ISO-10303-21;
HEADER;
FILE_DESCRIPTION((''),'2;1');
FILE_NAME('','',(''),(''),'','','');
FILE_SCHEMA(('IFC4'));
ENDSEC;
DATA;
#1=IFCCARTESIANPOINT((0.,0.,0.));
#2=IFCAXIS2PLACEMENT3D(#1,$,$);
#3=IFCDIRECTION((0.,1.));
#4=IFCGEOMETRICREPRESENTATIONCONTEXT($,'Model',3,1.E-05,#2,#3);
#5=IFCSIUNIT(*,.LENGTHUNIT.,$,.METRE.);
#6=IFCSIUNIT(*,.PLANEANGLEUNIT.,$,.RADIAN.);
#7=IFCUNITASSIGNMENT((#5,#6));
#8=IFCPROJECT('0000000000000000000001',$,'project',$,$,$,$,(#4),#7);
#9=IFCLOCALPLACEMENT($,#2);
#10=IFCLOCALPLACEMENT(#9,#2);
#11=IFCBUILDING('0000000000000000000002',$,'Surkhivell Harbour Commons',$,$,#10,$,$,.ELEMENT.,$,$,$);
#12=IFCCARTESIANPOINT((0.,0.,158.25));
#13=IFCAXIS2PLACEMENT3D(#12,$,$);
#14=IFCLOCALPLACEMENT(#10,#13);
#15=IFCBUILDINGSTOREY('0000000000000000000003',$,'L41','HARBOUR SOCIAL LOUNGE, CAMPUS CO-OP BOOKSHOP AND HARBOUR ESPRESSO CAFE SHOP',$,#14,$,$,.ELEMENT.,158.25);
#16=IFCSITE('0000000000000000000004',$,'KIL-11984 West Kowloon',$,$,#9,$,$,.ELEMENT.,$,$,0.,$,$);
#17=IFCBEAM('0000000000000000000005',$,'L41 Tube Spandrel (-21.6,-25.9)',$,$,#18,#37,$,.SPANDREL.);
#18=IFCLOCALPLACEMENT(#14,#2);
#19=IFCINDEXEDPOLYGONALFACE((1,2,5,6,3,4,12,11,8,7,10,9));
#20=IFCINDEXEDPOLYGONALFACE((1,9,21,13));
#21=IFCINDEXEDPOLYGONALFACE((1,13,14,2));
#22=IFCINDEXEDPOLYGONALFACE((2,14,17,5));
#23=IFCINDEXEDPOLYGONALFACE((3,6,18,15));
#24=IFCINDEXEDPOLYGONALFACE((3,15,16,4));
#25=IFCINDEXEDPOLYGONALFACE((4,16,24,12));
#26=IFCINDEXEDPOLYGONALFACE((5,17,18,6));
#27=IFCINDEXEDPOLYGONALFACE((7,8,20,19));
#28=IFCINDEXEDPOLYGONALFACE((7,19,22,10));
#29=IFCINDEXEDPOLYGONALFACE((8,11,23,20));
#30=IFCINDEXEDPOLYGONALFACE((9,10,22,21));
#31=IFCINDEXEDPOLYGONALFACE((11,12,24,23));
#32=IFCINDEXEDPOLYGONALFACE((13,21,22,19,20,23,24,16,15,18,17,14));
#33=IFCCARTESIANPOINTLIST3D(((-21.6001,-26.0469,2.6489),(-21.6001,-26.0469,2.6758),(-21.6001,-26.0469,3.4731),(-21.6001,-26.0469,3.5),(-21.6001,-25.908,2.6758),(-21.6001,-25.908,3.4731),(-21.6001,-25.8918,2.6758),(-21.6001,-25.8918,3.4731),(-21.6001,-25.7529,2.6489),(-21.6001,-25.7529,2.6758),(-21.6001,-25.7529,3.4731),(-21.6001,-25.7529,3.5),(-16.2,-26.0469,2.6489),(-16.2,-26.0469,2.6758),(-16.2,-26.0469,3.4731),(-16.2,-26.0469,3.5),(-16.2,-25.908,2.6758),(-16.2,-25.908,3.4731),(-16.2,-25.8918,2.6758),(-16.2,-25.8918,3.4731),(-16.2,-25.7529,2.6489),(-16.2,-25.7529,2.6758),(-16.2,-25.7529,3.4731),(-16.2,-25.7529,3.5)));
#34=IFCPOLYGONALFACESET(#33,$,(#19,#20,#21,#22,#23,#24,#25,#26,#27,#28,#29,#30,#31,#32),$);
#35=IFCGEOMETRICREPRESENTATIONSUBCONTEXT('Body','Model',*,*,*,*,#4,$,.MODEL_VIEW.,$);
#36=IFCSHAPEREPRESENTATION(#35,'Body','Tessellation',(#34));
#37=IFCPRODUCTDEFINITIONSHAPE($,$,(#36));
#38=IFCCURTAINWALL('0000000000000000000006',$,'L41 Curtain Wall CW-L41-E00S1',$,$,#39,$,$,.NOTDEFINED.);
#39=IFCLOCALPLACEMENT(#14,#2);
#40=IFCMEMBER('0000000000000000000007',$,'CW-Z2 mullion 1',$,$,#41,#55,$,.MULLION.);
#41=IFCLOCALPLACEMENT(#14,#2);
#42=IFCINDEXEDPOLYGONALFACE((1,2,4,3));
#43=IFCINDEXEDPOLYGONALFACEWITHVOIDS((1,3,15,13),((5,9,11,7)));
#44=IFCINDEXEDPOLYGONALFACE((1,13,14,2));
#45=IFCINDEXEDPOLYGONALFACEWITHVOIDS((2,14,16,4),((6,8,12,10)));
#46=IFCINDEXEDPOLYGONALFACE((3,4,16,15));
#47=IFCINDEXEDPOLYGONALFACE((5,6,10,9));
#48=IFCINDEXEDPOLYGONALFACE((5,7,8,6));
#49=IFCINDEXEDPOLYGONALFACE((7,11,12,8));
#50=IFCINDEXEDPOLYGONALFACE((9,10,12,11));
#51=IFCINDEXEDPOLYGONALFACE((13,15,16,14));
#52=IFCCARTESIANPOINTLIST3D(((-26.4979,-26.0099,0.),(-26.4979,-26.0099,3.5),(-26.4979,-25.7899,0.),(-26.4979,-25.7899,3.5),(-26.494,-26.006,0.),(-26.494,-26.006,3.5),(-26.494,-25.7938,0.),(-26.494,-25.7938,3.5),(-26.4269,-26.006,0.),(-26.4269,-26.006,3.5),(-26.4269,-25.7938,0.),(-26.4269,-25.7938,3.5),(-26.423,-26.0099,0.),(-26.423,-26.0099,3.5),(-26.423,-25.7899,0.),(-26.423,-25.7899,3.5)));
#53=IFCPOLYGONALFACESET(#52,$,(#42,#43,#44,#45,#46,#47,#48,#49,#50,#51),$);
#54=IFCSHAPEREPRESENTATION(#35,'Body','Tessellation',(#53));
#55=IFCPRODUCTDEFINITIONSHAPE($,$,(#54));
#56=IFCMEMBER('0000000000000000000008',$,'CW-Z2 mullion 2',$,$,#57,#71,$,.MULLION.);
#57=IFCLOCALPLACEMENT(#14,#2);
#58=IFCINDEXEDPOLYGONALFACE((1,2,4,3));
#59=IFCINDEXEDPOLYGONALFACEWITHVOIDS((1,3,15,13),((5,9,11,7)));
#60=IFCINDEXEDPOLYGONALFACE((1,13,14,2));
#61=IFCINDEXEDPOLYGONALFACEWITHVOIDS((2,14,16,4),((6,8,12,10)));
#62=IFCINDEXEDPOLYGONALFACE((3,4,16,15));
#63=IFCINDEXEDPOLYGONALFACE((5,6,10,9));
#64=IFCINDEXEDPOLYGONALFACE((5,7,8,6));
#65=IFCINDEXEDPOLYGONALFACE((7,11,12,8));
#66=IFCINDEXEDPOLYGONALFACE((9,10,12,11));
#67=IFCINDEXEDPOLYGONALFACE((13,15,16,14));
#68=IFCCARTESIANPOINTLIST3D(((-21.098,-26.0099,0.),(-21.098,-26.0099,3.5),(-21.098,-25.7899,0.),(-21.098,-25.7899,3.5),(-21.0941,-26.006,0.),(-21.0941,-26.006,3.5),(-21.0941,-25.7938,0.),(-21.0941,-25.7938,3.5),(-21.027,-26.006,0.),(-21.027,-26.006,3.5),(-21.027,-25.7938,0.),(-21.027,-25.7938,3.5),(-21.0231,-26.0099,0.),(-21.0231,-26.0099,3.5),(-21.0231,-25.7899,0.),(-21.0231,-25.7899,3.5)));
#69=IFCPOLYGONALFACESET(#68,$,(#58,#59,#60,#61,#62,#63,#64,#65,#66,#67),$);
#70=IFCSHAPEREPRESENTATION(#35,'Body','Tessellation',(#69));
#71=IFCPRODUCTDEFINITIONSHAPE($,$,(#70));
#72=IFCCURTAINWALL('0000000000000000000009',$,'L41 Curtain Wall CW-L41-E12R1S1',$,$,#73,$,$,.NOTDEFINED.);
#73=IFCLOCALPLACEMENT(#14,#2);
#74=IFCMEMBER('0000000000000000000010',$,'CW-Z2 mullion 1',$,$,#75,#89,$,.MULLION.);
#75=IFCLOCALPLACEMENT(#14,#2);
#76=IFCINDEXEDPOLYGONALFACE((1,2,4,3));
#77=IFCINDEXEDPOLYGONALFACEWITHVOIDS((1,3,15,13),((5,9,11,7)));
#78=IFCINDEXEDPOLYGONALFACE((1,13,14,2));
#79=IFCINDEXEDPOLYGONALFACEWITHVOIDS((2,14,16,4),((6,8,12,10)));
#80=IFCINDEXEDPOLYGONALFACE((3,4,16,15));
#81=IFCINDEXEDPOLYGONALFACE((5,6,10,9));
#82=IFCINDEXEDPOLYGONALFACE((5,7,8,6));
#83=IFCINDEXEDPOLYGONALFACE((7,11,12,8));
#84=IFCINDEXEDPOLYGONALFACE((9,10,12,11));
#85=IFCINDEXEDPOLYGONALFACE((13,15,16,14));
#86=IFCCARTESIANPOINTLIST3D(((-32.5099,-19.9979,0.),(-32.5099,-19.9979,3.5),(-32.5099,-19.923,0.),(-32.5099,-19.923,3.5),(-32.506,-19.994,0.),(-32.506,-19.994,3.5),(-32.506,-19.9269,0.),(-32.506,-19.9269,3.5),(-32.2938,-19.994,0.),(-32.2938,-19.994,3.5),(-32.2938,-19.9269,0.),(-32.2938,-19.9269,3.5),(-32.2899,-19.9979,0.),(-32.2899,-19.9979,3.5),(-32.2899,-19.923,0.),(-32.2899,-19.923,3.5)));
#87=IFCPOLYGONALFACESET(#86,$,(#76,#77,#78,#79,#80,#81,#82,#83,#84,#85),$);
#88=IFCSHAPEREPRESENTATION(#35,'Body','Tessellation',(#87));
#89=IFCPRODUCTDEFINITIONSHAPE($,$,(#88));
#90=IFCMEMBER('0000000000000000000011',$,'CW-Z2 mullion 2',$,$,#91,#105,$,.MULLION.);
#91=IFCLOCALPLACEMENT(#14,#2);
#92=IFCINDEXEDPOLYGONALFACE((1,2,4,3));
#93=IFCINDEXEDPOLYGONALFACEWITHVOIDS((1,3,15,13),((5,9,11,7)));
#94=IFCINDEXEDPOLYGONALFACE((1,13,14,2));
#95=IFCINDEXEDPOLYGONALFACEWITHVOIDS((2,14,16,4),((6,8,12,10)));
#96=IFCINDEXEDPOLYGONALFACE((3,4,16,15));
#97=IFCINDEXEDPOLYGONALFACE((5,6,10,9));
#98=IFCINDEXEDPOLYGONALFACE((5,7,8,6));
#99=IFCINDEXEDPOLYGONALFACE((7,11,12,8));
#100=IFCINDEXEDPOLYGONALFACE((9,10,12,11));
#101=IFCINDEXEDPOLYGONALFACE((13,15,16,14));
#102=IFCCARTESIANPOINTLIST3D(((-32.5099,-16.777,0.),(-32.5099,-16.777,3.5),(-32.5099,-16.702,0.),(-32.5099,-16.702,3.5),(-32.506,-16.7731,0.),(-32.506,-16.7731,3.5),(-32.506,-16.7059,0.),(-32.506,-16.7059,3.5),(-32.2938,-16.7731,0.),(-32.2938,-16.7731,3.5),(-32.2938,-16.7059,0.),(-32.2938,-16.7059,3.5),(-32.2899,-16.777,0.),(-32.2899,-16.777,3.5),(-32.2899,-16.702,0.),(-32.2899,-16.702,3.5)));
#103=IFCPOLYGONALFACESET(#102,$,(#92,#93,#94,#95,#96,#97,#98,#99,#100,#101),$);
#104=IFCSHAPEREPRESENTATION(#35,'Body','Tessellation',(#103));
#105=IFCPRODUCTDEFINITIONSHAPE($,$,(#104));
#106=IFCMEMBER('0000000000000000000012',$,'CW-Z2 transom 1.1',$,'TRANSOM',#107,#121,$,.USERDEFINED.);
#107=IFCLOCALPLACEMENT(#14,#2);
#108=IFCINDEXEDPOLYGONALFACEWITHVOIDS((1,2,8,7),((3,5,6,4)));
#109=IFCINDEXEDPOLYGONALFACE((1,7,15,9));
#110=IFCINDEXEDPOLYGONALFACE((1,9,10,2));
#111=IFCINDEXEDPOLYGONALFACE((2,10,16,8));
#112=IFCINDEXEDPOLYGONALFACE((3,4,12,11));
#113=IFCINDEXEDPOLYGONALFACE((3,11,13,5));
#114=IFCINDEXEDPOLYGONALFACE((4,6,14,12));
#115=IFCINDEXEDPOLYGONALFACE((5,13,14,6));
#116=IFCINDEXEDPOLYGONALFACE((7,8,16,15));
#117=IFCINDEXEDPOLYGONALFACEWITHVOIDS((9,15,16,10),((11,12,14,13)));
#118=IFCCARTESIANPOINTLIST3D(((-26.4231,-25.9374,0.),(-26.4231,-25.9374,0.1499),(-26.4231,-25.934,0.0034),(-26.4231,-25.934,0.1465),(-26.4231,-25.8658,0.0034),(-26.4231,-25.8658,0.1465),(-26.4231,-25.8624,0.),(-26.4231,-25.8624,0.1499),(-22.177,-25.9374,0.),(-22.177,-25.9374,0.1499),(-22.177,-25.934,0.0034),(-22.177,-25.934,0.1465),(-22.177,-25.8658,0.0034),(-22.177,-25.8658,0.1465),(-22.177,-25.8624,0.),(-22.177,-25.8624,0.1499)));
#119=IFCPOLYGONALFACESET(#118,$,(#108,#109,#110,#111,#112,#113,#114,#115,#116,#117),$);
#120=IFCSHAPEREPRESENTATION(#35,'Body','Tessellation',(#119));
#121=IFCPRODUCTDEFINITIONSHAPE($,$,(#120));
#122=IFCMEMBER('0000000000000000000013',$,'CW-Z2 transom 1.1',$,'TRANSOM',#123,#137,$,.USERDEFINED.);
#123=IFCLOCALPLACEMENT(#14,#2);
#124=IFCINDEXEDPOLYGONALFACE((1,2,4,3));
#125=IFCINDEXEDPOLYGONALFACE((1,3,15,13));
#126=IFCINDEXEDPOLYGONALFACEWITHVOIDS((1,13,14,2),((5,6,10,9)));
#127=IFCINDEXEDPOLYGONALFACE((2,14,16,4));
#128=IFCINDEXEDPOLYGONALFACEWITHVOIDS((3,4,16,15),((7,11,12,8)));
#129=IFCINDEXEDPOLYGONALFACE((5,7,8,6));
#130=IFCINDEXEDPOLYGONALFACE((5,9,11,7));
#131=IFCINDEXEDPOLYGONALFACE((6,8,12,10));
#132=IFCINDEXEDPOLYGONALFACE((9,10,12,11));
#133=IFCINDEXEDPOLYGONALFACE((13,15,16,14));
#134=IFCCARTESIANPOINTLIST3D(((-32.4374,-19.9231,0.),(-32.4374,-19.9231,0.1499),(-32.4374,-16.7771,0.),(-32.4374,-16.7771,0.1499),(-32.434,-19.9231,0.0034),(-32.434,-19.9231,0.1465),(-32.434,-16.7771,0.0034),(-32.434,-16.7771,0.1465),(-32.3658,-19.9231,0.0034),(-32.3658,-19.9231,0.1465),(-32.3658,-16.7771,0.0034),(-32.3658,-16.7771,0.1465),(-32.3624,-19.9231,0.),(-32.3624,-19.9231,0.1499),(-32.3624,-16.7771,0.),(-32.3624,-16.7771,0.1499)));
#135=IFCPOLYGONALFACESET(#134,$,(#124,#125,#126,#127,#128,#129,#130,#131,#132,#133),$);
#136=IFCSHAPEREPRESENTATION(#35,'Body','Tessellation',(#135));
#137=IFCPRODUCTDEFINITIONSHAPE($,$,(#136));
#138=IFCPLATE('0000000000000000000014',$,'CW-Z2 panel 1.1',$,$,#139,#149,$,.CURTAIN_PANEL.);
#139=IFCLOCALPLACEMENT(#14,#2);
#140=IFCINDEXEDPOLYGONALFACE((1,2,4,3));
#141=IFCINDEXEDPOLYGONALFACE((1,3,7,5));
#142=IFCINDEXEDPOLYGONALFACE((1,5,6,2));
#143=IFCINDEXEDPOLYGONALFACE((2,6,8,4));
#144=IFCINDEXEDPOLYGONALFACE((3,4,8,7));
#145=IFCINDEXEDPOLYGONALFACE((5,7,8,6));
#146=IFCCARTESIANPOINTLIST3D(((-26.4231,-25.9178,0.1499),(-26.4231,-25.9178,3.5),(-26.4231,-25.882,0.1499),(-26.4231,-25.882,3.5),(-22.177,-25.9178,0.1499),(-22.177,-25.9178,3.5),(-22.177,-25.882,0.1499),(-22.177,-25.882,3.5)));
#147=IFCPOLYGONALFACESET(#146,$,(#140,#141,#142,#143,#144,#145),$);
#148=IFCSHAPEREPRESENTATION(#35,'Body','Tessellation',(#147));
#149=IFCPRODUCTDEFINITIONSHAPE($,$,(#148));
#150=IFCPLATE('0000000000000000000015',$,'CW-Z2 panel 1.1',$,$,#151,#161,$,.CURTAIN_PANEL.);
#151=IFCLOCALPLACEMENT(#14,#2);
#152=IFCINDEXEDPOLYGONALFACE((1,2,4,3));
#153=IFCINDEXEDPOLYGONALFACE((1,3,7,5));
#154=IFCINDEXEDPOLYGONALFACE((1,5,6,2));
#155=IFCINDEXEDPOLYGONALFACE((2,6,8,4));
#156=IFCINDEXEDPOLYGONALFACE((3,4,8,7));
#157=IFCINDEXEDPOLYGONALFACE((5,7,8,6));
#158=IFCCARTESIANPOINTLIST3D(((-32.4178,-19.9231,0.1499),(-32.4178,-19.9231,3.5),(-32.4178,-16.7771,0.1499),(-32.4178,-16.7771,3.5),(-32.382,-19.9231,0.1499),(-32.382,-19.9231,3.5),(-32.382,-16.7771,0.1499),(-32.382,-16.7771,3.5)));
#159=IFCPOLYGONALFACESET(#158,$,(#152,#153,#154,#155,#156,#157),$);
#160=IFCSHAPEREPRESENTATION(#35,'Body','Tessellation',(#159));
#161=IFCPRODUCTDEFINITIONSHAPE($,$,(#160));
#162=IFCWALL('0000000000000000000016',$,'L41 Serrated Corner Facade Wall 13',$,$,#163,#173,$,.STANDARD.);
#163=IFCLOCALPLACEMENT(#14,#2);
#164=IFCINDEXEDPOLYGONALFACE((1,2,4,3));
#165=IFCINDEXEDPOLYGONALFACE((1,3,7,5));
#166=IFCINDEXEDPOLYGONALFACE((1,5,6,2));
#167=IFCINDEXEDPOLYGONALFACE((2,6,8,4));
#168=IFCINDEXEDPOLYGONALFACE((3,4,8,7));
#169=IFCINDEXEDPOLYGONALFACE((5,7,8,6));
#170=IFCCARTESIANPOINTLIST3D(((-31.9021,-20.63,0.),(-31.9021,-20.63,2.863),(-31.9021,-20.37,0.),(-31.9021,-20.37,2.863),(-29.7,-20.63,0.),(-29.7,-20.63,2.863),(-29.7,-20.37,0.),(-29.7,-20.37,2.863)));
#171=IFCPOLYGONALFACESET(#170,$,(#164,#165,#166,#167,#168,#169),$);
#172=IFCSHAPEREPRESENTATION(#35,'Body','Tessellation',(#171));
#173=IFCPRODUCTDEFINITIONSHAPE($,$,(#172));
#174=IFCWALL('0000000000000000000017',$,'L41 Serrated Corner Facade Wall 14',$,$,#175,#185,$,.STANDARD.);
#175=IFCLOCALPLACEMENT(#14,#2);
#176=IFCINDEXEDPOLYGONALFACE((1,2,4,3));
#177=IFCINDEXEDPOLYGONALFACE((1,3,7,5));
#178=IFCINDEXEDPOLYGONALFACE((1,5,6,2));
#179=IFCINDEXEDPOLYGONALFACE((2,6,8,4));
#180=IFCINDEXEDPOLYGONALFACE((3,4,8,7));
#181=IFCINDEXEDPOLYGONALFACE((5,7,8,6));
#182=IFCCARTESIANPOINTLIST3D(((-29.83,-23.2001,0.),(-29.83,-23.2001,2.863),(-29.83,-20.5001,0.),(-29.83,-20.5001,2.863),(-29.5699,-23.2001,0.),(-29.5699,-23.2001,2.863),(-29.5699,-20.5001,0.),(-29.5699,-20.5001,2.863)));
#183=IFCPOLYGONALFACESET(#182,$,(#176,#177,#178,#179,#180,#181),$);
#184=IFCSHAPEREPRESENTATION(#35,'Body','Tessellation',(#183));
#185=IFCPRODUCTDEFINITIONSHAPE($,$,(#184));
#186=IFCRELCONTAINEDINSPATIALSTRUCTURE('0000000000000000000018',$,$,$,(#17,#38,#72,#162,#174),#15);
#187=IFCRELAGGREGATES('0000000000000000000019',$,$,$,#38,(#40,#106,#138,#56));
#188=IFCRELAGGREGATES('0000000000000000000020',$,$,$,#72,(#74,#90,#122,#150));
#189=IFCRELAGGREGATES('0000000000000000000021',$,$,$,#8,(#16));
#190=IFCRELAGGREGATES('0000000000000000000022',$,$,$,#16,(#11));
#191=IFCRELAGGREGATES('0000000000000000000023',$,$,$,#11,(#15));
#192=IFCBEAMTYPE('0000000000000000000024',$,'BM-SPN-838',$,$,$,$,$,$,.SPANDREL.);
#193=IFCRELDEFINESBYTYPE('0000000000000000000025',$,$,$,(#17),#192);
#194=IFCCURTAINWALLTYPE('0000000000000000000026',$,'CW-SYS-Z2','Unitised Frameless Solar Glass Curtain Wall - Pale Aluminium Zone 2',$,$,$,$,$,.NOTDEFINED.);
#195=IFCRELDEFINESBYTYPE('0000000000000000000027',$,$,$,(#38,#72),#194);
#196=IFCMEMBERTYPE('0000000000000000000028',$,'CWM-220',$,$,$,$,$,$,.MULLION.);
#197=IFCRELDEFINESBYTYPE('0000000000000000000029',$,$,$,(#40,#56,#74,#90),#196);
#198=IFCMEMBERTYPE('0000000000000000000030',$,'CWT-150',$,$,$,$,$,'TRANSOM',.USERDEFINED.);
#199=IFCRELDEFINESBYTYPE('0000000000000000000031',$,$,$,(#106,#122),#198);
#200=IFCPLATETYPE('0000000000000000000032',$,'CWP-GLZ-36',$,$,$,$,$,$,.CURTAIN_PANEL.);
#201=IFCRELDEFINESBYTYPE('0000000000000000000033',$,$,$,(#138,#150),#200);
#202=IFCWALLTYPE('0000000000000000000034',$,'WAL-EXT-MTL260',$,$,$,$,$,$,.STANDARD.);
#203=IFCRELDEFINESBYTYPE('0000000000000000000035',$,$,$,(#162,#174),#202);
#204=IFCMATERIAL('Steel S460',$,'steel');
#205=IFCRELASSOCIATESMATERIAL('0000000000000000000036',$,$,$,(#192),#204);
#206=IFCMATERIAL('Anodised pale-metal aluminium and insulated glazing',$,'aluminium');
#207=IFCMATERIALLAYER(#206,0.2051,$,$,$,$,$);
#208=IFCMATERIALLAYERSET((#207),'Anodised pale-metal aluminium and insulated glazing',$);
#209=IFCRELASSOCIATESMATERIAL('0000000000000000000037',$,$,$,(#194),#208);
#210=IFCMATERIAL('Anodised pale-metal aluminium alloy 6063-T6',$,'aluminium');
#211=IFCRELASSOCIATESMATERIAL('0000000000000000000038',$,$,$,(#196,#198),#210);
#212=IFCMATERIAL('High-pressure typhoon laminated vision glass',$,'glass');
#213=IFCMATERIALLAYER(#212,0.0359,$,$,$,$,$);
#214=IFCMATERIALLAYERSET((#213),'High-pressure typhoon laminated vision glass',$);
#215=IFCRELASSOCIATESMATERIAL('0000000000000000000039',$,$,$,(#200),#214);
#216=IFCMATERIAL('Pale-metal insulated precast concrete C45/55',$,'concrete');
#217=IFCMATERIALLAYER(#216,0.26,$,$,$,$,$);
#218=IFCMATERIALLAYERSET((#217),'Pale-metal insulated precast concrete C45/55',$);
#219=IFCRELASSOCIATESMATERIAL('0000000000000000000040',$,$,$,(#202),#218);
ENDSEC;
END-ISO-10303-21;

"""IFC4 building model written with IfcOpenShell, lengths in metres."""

from ifc_helpers import new_model, si_unit, direction, frame, frame_2d, origin, origin_2d, place, context, subcontext, project, spatial, rectangle, hollow_rectangle, i_section, extrude, material, layer, layer_set, material_profile, profile_set, type_object, element, aggregate, save


model = new_model("IFC4")

# Units and contexts
model_context = context("Model", 3, precision=1e-05, world=origin(), true_north=direction((0.0, 1.0)))
body_context = subcontext(model_context, "Body", "Model", "MODEL_VIEW")
ifc_project = project(units=[si_unit("LENGTHUNIT", "METRE"), si_unit("PLANEANGLEUNIT", "RADIAN")], contexts=[model_context])

# Site, building, storey
site_placement = place(None, origin())
site = spatial("IfcSite", under=ifc_project, at=site_placement, Name="KIL-11984 West Kowloon", CompositionType="ELEMENT", RefElevation=0.0)
building_placement = place(site_placement, origin())
building = spatial("IfcBuilding", under=site, at=building_placement, Name="Surkhivell Harbour Commons", CompositionType="ELEMENT")
storey_placement = place(building_placement, frame((0.0, 0.0, 158.25)))
storey = spatial("IfcBuildingStorey", under=building, at=storey_placement, Name="L41", Description="HARBOUR SOCIAL LOUNGE, CAMPUS CO-OP BOOKSHOP AND HARBOUR ESPRESSO CAFE SHOP", CompositionType="ELEMENT", Elevation=158.25)

# Beam
ifc_material_1 = material(Name="Steel S460", Category="steel")
ifc_material_profile_1 = material_profile(ifc_material_1, i_section(OverallWidth=0.2939, OverallDepth=0.8511, WebThickness=0.0161, FlangeThickness=0.0269, at=origin_2d()), Name="UB838x292x226")
ifc_profile_set_1 = profile_set([ifc_material_profile_1], Name="Steel S460")
beam_type_1 = type_object("IfcBeamType", Name="BM-SPN-838", PredefinedType="SPANDREL", material=ifc_profile_set_1)
beam_1_placement = place(storey_placement, frame((-21.6001, -25.8999, 3.0745), z_axis=(1.0, 0.0, 0.0), x_axis=(0.0, 1.0, 0.0)))
element("IfcBeam", 1, at=beam_1_placement, inside=storey, type_object=beam_type_1, Name="L41 Tube Spandrel (-21.6,-25.9)", PredefinedType="SPANDREL", context=body_context, shape_type="SweptSolid", body=[
    extrude(i_section(OverallWidth=0.2939, OverallDepth=0.8511, WebThickness=0.0161, FlangeThickness=0.0269, at=origin_2d()), origin(), (0.0, 0.0, 1.0), 5.4001),
])

# Curtain walls, members
ifc_material_2 = material(Name="Anodised pale-metal aluminium and insulated glazing", Category="aluminium")
ifc_layer_1 = layer(ifc_material_2, 0.2051)
ifc_layer_set_1 = layer_set([ifc_layer_1], Name="Anodised pale-metal aluminium and insulated glazing")
curtain_wall_type = type_object("IfcCurtainWallType", Name="CW-SYS-Z2", Description="Unitised Frameless Solar Glass Curtain Wall - Pale Aluminium Zone 2", PredefinedType="NOTDEFINED", material=ifc_layer_set_1)
curtain_wall_1_placement = place(storey_placement, origin())
curtain_wall_1 = element("IfcCurtainWall", 2, at=curtain_wall_1_placement, inside=storey, type_object=curtain_wall_type, Name="L41 Curtain Wall CW-L41-E00S1", PredefinedType="NOTDEFINED")
ifc_material_3 = material(Name="Anodised pale-metal aluminium alloy 6063-T6", Category="aluminium")
ifc_material_profile_2 = material_profile(ifc_material_3, hollow_rectangle(XDim=0.075, YDim=0.22, WallThickness=0.0039, at=origin_2d()), Name="ALU-MULL-75x220")
ifc_profile_set_2 = profile_set([ifc_material_profile_2], Name="Anodised pale-metal aluminium alloy 6063-T6")
member_type_1 = type_object("IfcMemberType", Name="CWM-220", PredefinedType="MULLION", material=ifc_profile_set_2)
member_1_placement = place(storey_placement, frame((-26.4604, -25.8999, 0.0), z_axis=(0.0, 0.0, 1.0), x_axis=(1.0, 0.0, 0.0)))
member_1 = element("IfcMember", 3, at=member_1_placement, type_object=member_type_1, Name="CW-Z2 mullion 1", PredefinedType="MULLION", context=body_context, shape_type="SweptSolid", body=[
    extrude(hollow_rectangle(XDim=0.075, YDim=0.22, WallThickness=0.0039, at=origin_2d()), origin(), (0.0, 0.0, 1.0), 3.5),
])
member_2_placement = place(storey_placement, frame((-21.0605, -25.8999, 0.0), z_axis=(0.0, 0.0, 1.0), x_axis=(1.0, 0.0, 0.0)))
member_2 = element("IfcMember", 4, at=member_2_placement, type_object=member_type_1, Name="CW-Z2 mullion 2", PredefinedType="MULLION", context=body_context, shape_type="SweptSolid", body=[
    extrude(hollow_rectangle(XDim=0.075, YDim=0.22, WallThickness=0.0039, at=origin_2d()), origin(), (0.0, 0.0, 1.0), 3.5),
])
curtain_wall_2_placement = place(storey_placement, origin())
curtain_wall_2 = element("IfcCurtainWall", 5, at=curtain_wall_2_placement, inside=storey, type_object=curtain_wall_type, Name="L41 Curtain Wall CW-L41-E12R1S1", PredefinedType="NOTDEFINED")
member_3_placement = place(storey_placement, frame((-32.3999, -19.9604, 0.0), z_axis=(0.0, 0.0, 1.0), x_axis=(0.0, 1.0, 0.0)))
member_3 = element("IfcMember", 6, at=member_3_placement, type_object=member_type_1, Name="CW-Z2 mullion 1", PredefinedType="MULLION", context=body_context, shape_type="SweptSolid", body=[
    extrude(hollow_rectangle(XDim=0.075, YDim=0.22, WallThickness=0.0039, at=origin_2d()), origin(), (0.0, 0.0, 1.0), 3.5),
])
member_4_placement = place(storey_placement, frame((-32.3999, -16.7395, 0.0), z_axis=(0.0, 0.0, 1.0), x_axis=(0.0, 1.0, 0.0)))
member_4 = element("IfcMember", 7, at=member_4_placement, type_object=member_type_1, Name="CW-Z2 mullion 2", PredefinedType="MULLION", context=body_context, shape_type="SweptSolid", body=[
    extrude(hollow_rectangle(XDim=0.075, YDim=0.22, WallThickness=0.0039, at=origin_2d()), origin(), (0.0, 0.0, 1.0), 3.5),
])

# Members
ifc_material_profile_3 = material_profile(ifc_material_3, hollow_rectangle(XDim=0.075, YDim=0.1499, WallThickness=0.0034, at=origin_2d()), Name="ALU-TRAN-75x150")
ifc_profile_set_3 = profile_set([ifc_material_profile_3], Name="Anodised pale-metal aluminium alloy 6063-T6")
member_type_2 = type_object("IfcMemberType", Name="CWT-150", ElementType="TRANSOM", PredefinedType="USERDEFINED", material=ifc_profile_set_3)
member_5_placement = place(storey_placement, frame((-26.4231, -25.8999, 0.075), z_axis=(1.0, 0.0, 0.0), x_axis=(0.0, 1.0, 0.0)))
member_5 = element("IfcMember", 8, at=member_5_placement, type_object=member_type_2, Name="CW-Z2 transom 1.1", ObjectType="TRANSOM", PredefinedType="USERDEFINED", context=body_context, shape_type="SweptSolid", body=[
    extrude(hollow_rectangle(XDim=0.075, YDim=0.1499, WallThickness=0.0034, at=origin_2d()), origin(), (0.0, 0.0, 1.0), 4.2461),
])
member_6_placement = place(storey_placement, frame((-32.3999, -19.9231, 0.075), z_axis=(0.0, 1.0, 0.0), x_axis=(-1.0, 0.0, 0.0)))
member_6 = element("IfcMember", 9, at=member_6_placement, type_object=member_type_2, Name="CW-Z2 transom 1.1", ObjectType="TRANSOM", PredefinedType="USERDEFINED", context=body_context, shape_type="SweptSolid", body=[
    extrude(hollow_rectangle(XDim=0.075, YDim=0.1499, WallThickness=0.0034, at=origin_2d()), origin(), (0.0, 0.0, 1.0), 3.146),
])

# Plates
ifc_material_4 = material(Name="High-pressure typhoon laminated vision glass", Category="glass")
ifc_layer_2 = layer(ifc_material_4, 0.0359)
ifc_layer_set_2 = layer_set([ifc_layer_2], Name="High-pressure typhoon laminated vision glass")
plate_type = type_object("IfcPlateType", Name="CWP-GLZ-36", PredefinedType="CURTAIN_PANEL", material=ifc_layer_set_2)
plate_1_placement = place(storey_placement, frame((-26.4231, -25.8999, 0.1499), z_axis=(0.0, 0.0, 1.0), x_axis=(1.0, 0.0, 0.0)))
plate_1 = element("IfcPlate", 10, at=plate_1_placement, type_object=plate_type, Name="CW-Z2 panel 1.1", PredefinedType="CURTAIN_PANEL", context=body_context, shape_type="SweptSolid", body=[
    extrude(rectangle(XDim=4.2461, YDim=0.0359, at=frame_2d((2.123, 0.0))), origin(), (0.0, 0.0, 1.0), 3.3501),
])
aggregate(curtain_wall_1, [member_1, member_5, plate_1, member_2])
plate_2_placement = place(storey_placement, frame((-32.3999, -19.9231, 0.1499), z_axis=(0.0, 0.0, 1.0), x_axis=(0.0, 1.0, 0.0)))
plate_2 = element("IfcPlate", 11, at=plate_2_placement, type_object=plate_type, Name="CW-Z2 panel 1.1", PredefinedType="CURTAIN_PANEL", context=body_context, shape_type="SweptSolid", body=[
    extrude(rectangle(XDim=3.146, YDim=0.0359, at=frame_2d((1.573, 0.0))), origin(), (0.0, 0.0, 1.0), 3.3501),
])
aggregate(curtain_wall_2, [member_3, member_4, member_6, plate_2])

# Walls
ifc_material_5 = material(Name="Pale-metal insulated precast concrete C45/55", Category="concrete")
ifc_layer_3 = layer(ifc_material_5, 0.26)
ifc_layer_set_3 = layer_set([ifc_layer_3], Name="Pale-metal insulated precast concrete C45/55")
wall_type = type_object("IfcWallType", Name="WAL-EXT-MTL260", PredefinedType="STANDARD", material=ifc_layer_set_3)
wall_1_placement = place(storey_placement, frame((-31.9021, -20.5, 0.0), z_axis=(0.0, 0.0, 1.0), x_axis=(1.0, 0.0, 0.0)))
element("IfcWall", 12, at=wall_1_placement, inside=storey, type_object=wall_type, Name="L41 Serrated Corner Facade Wall 13", PredefinedType="STANDARD", context=body_context, shape_type="SweptSolid", body=[
    extrude(rectangle(XDim=2.2021, YDim=0.26, at=frame_2d((1.1011, 0.0))), origin(), (0.0, 0.0, 1.0), 2.863),
])
for number, where, z_axis, x_axis, name in (
    (13, (-29.7, -20.5, 0.0), (0.0, 0.0, 1.0), (0.0, -1.0, 0.0), "L41 Serrated Corner Facade Wall 14"),
):
    element("IfcWall", number, at=place(storey_placement, frame(where, z_axis=z_axis, x_axis=x_axis)), inside=storey, type_object=wall_type, Name=name, PredefinedType="STANDARD", context=body_context, shape_type="SweptSolid", body=[
        extrude(rectangle(XDim=2.7, YDim=0.26, at=frame_2d((1.3501, 0.0))), origin(), (0.0, 0.0, 1.0), 2.863),
    ])

save(model, "model.ifc")
